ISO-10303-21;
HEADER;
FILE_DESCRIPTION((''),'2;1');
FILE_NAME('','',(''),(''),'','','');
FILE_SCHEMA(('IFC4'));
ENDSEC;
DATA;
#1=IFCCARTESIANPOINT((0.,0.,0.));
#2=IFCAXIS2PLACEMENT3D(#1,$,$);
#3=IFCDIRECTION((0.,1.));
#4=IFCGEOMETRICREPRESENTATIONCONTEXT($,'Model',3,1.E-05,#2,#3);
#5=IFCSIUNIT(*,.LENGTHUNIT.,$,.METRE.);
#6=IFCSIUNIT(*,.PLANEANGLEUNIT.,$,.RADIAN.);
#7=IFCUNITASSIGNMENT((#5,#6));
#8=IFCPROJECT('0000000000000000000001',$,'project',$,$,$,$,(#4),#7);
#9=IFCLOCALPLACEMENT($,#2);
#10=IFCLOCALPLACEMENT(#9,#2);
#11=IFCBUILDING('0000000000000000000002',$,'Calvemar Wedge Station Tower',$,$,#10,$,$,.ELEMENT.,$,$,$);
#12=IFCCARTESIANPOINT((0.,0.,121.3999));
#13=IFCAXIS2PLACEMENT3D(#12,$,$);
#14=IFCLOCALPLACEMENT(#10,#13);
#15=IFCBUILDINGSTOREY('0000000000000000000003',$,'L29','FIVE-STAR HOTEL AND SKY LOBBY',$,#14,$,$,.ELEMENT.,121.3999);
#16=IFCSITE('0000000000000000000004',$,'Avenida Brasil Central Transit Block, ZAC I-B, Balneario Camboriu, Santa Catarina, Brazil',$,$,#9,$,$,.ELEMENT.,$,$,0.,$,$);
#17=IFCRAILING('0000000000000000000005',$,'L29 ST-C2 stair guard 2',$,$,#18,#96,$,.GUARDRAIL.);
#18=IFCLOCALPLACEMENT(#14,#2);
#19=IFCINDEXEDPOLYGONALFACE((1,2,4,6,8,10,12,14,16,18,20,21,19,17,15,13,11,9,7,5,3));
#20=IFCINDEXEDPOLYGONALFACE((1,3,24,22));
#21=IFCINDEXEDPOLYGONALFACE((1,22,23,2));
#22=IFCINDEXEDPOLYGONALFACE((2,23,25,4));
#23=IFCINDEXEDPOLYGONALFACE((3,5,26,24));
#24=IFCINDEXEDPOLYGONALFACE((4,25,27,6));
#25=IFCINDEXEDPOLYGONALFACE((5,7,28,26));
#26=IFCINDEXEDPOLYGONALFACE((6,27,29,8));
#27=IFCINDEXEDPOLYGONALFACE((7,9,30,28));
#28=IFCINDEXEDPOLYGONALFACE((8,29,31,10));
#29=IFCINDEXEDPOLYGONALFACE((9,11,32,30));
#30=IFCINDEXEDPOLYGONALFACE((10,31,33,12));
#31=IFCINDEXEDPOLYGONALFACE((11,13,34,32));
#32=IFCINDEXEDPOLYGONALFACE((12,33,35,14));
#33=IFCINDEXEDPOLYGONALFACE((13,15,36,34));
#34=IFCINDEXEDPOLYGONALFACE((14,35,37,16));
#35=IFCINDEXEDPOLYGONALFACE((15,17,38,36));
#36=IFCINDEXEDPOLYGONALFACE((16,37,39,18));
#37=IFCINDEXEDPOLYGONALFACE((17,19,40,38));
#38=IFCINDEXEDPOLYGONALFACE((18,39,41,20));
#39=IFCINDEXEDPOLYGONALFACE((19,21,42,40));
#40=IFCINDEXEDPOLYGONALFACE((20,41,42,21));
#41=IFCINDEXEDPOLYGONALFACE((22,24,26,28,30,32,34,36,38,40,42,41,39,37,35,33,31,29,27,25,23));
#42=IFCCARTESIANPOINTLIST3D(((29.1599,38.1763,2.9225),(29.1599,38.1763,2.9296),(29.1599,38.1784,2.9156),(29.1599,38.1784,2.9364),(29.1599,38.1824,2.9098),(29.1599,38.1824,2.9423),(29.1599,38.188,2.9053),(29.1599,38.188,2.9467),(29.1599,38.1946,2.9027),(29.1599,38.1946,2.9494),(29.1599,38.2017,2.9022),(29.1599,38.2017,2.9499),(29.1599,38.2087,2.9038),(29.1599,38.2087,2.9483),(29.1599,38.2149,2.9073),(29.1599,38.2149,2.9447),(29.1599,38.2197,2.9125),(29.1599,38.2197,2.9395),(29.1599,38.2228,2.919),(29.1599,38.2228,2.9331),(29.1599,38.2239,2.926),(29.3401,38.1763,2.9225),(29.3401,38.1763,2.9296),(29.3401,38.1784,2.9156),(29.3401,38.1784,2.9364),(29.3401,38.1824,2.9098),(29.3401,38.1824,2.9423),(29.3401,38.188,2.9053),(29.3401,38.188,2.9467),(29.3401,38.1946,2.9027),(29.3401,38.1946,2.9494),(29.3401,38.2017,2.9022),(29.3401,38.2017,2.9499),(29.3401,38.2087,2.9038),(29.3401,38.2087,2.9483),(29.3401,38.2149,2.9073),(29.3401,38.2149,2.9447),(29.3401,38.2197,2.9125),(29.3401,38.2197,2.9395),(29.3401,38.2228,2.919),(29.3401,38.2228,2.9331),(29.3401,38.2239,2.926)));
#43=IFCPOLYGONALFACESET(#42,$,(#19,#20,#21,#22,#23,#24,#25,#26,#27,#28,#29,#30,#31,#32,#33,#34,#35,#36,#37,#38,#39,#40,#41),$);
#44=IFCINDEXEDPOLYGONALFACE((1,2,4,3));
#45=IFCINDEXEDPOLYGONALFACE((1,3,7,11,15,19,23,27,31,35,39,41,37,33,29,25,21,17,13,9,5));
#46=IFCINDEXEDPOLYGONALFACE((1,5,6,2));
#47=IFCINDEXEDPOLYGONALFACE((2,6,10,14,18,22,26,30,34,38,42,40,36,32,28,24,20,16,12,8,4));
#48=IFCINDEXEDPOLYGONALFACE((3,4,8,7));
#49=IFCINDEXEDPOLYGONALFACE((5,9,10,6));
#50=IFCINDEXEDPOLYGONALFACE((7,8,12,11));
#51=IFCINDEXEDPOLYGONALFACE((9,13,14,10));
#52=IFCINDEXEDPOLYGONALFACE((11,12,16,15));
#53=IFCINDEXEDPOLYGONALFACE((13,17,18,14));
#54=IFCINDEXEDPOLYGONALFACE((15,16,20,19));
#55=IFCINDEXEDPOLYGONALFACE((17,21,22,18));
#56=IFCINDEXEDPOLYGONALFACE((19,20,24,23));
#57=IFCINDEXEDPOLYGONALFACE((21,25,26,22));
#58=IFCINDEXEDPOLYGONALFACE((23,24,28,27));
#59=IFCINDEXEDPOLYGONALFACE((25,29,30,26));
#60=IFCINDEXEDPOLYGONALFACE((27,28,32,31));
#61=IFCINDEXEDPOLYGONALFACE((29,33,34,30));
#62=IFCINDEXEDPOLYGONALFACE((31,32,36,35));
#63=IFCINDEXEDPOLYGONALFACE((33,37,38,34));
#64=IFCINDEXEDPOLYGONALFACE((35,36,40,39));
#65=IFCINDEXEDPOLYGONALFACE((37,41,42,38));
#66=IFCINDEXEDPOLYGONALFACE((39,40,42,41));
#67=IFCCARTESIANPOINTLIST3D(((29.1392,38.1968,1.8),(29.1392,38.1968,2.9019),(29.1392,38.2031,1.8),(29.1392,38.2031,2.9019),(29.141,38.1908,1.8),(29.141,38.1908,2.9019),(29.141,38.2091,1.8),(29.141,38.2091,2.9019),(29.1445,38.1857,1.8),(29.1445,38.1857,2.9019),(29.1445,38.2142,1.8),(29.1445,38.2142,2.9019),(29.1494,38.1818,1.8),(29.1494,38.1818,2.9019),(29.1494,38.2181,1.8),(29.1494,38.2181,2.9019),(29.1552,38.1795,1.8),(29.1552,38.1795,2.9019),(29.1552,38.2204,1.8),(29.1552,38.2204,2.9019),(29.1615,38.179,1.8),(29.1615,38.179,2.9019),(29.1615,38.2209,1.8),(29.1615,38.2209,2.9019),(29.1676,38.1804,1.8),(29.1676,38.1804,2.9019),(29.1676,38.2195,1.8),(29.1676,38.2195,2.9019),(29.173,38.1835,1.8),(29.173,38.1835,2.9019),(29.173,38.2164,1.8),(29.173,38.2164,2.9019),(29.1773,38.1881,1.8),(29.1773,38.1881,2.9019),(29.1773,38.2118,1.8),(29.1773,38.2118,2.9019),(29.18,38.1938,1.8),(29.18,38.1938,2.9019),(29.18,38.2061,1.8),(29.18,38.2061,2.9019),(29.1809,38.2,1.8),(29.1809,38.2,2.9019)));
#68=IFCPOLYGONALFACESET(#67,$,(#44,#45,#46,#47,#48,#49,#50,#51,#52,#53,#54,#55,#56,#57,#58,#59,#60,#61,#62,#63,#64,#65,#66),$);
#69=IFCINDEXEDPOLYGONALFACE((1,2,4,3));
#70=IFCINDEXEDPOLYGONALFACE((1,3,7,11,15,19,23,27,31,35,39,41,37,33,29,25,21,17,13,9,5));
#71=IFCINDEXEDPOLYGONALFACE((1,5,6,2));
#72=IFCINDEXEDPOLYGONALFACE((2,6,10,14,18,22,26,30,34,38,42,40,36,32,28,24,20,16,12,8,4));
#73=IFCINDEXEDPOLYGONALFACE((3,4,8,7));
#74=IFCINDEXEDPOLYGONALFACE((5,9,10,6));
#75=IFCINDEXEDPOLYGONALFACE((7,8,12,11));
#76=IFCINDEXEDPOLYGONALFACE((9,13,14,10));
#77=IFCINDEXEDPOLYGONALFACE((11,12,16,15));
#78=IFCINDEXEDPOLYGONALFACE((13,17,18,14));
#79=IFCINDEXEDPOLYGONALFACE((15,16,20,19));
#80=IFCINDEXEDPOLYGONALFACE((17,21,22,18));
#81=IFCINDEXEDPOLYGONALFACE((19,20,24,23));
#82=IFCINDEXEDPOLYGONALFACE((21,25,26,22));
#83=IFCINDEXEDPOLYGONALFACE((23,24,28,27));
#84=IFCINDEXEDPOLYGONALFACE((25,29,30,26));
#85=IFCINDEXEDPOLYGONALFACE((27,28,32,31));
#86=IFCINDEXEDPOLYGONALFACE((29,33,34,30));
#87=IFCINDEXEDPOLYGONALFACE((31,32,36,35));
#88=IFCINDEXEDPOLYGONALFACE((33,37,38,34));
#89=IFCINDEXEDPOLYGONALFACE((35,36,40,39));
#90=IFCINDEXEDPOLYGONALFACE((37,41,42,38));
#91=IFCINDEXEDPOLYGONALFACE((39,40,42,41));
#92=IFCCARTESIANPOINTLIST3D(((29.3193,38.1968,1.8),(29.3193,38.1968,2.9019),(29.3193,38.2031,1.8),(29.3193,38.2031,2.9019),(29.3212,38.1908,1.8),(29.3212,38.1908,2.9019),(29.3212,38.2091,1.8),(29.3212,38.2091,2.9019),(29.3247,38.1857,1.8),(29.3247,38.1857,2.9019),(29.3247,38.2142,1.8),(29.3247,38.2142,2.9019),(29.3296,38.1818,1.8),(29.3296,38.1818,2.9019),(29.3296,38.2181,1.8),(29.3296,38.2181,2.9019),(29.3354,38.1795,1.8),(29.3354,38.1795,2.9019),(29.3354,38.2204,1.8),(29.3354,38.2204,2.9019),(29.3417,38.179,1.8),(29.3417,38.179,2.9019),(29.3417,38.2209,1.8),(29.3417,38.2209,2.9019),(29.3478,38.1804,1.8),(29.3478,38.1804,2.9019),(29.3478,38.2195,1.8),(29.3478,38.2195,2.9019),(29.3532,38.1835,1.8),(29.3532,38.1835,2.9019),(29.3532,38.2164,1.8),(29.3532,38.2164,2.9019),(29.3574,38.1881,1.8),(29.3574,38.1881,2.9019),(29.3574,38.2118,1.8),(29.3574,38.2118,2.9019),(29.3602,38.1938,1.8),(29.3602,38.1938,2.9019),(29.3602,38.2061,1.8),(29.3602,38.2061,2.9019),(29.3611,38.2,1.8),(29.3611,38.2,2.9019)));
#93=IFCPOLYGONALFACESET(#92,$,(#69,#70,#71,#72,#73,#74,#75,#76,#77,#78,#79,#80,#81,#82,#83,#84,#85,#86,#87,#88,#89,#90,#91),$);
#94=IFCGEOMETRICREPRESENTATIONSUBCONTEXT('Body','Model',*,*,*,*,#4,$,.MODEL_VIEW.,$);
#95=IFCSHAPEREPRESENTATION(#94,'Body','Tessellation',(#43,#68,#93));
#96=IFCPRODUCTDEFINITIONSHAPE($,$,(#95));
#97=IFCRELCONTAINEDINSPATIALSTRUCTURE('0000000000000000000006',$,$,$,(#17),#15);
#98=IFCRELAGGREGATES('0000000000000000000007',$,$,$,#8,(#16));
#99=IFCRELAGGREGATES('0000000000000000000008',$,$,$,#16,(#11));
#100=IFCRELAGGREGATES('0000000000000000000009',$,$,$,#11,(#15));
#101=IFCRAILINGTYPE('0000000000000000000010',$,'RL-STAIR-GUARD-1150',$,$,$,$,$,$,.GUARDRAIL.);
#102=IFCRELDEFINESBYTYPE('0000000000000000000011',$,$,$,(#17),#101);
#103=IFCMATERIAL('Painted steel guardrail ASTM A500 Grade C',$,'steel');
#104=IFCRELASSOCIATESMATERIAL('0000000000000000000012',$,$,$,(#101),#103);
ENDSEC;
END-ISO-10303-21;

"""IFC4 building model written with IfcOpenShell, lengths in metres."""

from ifc_helpers import new_model, si_unit, direction, frame, origin, origin_2d, place, context, subcontext, project, spatial, circle, extrude, material, type_object, element, save


model = new_model("IFC4")

# Units and contexts
model_context = context("Model", 3, precision=1e-05, world=origin(), true_north=direction((0.0, 1.0)))
body_context = subcontext(model_context, "Body", "Model", "MODEL_VIEW")
ifc_project = project(units=[si_unit("LENGTHUNIT", "METRE"), si_unit("PLANEANGLEUNIT", "RADIAN")], contexts=[model_context])

# Site, building, storey
site_placement = place(None, origin())
site = spatial("IfcSite", under=ifc_project, at=site_placement, Name="Avenida Brasil Central Transit Block, ZAC I-B, Balneario Camboriu, Santa Catarina, Brazil", CompositionType="ELEMENT", RefElevation=0.0)
building_placement = place(site_placement, origin())
building = spatial("IfcBuilding", under=site, at=building_placement, Name="Calvemar Wedge Station Tower", CompositionType="ELEMENT")
storey_placement = place(building_placement, frame((0.0, 0.0, 121.3999)))
storey = spatial("IfcBuildingStorey", under=building, at=storey_placement, Name="L29", Description="FIVE-STAR HOTEL AND SKY LOBBY", CompositionType="ELEMENT", Elevation=121.3999)

# Railing
ifc_material_1 = material(Name="Painted steel guardrail ASTM A500 Grade C", Category="steel")
railing_type_1 = type_object("IfcRailingType", Name="RL-STAIR-GUARD-1150", PredefinedType="GUARDRAIL", material=ifc_material_1)
railing_1_placement = place(storey_placement, frame((29.1599, 38.2, 1.8)))
element("IfcRailing", 1, at=railing_1_placement, inside=storey, type_object=railing_type_1, Name="L29 ST-C2 stair guard 2", PredefinedType="GUARDRAIL", context=body_context, shape_type="SweptSolid", body=[
    extrude(circle(Radius=0.0239, at=origin_2d()), frame((0.0, 0.0, 1.126), z_axis=(1.0, 0.0, 0.0), x_axis=(0.0, 1.0, 0.0)), (0.0, 0.0, 1.0), 0.1802),
    extrude(circle(Radius=0.021, at=origin_2d()), origin(), (0.0, 0.0, 1.0), 1.1018),
    extrude(circle(Radius=0.021, at=origin_2d()), frame((0.1802, 0.0, 0.0)), (0.0, 0.0, 1.0), 1.1018),
])

save(model, "model.ifc")
